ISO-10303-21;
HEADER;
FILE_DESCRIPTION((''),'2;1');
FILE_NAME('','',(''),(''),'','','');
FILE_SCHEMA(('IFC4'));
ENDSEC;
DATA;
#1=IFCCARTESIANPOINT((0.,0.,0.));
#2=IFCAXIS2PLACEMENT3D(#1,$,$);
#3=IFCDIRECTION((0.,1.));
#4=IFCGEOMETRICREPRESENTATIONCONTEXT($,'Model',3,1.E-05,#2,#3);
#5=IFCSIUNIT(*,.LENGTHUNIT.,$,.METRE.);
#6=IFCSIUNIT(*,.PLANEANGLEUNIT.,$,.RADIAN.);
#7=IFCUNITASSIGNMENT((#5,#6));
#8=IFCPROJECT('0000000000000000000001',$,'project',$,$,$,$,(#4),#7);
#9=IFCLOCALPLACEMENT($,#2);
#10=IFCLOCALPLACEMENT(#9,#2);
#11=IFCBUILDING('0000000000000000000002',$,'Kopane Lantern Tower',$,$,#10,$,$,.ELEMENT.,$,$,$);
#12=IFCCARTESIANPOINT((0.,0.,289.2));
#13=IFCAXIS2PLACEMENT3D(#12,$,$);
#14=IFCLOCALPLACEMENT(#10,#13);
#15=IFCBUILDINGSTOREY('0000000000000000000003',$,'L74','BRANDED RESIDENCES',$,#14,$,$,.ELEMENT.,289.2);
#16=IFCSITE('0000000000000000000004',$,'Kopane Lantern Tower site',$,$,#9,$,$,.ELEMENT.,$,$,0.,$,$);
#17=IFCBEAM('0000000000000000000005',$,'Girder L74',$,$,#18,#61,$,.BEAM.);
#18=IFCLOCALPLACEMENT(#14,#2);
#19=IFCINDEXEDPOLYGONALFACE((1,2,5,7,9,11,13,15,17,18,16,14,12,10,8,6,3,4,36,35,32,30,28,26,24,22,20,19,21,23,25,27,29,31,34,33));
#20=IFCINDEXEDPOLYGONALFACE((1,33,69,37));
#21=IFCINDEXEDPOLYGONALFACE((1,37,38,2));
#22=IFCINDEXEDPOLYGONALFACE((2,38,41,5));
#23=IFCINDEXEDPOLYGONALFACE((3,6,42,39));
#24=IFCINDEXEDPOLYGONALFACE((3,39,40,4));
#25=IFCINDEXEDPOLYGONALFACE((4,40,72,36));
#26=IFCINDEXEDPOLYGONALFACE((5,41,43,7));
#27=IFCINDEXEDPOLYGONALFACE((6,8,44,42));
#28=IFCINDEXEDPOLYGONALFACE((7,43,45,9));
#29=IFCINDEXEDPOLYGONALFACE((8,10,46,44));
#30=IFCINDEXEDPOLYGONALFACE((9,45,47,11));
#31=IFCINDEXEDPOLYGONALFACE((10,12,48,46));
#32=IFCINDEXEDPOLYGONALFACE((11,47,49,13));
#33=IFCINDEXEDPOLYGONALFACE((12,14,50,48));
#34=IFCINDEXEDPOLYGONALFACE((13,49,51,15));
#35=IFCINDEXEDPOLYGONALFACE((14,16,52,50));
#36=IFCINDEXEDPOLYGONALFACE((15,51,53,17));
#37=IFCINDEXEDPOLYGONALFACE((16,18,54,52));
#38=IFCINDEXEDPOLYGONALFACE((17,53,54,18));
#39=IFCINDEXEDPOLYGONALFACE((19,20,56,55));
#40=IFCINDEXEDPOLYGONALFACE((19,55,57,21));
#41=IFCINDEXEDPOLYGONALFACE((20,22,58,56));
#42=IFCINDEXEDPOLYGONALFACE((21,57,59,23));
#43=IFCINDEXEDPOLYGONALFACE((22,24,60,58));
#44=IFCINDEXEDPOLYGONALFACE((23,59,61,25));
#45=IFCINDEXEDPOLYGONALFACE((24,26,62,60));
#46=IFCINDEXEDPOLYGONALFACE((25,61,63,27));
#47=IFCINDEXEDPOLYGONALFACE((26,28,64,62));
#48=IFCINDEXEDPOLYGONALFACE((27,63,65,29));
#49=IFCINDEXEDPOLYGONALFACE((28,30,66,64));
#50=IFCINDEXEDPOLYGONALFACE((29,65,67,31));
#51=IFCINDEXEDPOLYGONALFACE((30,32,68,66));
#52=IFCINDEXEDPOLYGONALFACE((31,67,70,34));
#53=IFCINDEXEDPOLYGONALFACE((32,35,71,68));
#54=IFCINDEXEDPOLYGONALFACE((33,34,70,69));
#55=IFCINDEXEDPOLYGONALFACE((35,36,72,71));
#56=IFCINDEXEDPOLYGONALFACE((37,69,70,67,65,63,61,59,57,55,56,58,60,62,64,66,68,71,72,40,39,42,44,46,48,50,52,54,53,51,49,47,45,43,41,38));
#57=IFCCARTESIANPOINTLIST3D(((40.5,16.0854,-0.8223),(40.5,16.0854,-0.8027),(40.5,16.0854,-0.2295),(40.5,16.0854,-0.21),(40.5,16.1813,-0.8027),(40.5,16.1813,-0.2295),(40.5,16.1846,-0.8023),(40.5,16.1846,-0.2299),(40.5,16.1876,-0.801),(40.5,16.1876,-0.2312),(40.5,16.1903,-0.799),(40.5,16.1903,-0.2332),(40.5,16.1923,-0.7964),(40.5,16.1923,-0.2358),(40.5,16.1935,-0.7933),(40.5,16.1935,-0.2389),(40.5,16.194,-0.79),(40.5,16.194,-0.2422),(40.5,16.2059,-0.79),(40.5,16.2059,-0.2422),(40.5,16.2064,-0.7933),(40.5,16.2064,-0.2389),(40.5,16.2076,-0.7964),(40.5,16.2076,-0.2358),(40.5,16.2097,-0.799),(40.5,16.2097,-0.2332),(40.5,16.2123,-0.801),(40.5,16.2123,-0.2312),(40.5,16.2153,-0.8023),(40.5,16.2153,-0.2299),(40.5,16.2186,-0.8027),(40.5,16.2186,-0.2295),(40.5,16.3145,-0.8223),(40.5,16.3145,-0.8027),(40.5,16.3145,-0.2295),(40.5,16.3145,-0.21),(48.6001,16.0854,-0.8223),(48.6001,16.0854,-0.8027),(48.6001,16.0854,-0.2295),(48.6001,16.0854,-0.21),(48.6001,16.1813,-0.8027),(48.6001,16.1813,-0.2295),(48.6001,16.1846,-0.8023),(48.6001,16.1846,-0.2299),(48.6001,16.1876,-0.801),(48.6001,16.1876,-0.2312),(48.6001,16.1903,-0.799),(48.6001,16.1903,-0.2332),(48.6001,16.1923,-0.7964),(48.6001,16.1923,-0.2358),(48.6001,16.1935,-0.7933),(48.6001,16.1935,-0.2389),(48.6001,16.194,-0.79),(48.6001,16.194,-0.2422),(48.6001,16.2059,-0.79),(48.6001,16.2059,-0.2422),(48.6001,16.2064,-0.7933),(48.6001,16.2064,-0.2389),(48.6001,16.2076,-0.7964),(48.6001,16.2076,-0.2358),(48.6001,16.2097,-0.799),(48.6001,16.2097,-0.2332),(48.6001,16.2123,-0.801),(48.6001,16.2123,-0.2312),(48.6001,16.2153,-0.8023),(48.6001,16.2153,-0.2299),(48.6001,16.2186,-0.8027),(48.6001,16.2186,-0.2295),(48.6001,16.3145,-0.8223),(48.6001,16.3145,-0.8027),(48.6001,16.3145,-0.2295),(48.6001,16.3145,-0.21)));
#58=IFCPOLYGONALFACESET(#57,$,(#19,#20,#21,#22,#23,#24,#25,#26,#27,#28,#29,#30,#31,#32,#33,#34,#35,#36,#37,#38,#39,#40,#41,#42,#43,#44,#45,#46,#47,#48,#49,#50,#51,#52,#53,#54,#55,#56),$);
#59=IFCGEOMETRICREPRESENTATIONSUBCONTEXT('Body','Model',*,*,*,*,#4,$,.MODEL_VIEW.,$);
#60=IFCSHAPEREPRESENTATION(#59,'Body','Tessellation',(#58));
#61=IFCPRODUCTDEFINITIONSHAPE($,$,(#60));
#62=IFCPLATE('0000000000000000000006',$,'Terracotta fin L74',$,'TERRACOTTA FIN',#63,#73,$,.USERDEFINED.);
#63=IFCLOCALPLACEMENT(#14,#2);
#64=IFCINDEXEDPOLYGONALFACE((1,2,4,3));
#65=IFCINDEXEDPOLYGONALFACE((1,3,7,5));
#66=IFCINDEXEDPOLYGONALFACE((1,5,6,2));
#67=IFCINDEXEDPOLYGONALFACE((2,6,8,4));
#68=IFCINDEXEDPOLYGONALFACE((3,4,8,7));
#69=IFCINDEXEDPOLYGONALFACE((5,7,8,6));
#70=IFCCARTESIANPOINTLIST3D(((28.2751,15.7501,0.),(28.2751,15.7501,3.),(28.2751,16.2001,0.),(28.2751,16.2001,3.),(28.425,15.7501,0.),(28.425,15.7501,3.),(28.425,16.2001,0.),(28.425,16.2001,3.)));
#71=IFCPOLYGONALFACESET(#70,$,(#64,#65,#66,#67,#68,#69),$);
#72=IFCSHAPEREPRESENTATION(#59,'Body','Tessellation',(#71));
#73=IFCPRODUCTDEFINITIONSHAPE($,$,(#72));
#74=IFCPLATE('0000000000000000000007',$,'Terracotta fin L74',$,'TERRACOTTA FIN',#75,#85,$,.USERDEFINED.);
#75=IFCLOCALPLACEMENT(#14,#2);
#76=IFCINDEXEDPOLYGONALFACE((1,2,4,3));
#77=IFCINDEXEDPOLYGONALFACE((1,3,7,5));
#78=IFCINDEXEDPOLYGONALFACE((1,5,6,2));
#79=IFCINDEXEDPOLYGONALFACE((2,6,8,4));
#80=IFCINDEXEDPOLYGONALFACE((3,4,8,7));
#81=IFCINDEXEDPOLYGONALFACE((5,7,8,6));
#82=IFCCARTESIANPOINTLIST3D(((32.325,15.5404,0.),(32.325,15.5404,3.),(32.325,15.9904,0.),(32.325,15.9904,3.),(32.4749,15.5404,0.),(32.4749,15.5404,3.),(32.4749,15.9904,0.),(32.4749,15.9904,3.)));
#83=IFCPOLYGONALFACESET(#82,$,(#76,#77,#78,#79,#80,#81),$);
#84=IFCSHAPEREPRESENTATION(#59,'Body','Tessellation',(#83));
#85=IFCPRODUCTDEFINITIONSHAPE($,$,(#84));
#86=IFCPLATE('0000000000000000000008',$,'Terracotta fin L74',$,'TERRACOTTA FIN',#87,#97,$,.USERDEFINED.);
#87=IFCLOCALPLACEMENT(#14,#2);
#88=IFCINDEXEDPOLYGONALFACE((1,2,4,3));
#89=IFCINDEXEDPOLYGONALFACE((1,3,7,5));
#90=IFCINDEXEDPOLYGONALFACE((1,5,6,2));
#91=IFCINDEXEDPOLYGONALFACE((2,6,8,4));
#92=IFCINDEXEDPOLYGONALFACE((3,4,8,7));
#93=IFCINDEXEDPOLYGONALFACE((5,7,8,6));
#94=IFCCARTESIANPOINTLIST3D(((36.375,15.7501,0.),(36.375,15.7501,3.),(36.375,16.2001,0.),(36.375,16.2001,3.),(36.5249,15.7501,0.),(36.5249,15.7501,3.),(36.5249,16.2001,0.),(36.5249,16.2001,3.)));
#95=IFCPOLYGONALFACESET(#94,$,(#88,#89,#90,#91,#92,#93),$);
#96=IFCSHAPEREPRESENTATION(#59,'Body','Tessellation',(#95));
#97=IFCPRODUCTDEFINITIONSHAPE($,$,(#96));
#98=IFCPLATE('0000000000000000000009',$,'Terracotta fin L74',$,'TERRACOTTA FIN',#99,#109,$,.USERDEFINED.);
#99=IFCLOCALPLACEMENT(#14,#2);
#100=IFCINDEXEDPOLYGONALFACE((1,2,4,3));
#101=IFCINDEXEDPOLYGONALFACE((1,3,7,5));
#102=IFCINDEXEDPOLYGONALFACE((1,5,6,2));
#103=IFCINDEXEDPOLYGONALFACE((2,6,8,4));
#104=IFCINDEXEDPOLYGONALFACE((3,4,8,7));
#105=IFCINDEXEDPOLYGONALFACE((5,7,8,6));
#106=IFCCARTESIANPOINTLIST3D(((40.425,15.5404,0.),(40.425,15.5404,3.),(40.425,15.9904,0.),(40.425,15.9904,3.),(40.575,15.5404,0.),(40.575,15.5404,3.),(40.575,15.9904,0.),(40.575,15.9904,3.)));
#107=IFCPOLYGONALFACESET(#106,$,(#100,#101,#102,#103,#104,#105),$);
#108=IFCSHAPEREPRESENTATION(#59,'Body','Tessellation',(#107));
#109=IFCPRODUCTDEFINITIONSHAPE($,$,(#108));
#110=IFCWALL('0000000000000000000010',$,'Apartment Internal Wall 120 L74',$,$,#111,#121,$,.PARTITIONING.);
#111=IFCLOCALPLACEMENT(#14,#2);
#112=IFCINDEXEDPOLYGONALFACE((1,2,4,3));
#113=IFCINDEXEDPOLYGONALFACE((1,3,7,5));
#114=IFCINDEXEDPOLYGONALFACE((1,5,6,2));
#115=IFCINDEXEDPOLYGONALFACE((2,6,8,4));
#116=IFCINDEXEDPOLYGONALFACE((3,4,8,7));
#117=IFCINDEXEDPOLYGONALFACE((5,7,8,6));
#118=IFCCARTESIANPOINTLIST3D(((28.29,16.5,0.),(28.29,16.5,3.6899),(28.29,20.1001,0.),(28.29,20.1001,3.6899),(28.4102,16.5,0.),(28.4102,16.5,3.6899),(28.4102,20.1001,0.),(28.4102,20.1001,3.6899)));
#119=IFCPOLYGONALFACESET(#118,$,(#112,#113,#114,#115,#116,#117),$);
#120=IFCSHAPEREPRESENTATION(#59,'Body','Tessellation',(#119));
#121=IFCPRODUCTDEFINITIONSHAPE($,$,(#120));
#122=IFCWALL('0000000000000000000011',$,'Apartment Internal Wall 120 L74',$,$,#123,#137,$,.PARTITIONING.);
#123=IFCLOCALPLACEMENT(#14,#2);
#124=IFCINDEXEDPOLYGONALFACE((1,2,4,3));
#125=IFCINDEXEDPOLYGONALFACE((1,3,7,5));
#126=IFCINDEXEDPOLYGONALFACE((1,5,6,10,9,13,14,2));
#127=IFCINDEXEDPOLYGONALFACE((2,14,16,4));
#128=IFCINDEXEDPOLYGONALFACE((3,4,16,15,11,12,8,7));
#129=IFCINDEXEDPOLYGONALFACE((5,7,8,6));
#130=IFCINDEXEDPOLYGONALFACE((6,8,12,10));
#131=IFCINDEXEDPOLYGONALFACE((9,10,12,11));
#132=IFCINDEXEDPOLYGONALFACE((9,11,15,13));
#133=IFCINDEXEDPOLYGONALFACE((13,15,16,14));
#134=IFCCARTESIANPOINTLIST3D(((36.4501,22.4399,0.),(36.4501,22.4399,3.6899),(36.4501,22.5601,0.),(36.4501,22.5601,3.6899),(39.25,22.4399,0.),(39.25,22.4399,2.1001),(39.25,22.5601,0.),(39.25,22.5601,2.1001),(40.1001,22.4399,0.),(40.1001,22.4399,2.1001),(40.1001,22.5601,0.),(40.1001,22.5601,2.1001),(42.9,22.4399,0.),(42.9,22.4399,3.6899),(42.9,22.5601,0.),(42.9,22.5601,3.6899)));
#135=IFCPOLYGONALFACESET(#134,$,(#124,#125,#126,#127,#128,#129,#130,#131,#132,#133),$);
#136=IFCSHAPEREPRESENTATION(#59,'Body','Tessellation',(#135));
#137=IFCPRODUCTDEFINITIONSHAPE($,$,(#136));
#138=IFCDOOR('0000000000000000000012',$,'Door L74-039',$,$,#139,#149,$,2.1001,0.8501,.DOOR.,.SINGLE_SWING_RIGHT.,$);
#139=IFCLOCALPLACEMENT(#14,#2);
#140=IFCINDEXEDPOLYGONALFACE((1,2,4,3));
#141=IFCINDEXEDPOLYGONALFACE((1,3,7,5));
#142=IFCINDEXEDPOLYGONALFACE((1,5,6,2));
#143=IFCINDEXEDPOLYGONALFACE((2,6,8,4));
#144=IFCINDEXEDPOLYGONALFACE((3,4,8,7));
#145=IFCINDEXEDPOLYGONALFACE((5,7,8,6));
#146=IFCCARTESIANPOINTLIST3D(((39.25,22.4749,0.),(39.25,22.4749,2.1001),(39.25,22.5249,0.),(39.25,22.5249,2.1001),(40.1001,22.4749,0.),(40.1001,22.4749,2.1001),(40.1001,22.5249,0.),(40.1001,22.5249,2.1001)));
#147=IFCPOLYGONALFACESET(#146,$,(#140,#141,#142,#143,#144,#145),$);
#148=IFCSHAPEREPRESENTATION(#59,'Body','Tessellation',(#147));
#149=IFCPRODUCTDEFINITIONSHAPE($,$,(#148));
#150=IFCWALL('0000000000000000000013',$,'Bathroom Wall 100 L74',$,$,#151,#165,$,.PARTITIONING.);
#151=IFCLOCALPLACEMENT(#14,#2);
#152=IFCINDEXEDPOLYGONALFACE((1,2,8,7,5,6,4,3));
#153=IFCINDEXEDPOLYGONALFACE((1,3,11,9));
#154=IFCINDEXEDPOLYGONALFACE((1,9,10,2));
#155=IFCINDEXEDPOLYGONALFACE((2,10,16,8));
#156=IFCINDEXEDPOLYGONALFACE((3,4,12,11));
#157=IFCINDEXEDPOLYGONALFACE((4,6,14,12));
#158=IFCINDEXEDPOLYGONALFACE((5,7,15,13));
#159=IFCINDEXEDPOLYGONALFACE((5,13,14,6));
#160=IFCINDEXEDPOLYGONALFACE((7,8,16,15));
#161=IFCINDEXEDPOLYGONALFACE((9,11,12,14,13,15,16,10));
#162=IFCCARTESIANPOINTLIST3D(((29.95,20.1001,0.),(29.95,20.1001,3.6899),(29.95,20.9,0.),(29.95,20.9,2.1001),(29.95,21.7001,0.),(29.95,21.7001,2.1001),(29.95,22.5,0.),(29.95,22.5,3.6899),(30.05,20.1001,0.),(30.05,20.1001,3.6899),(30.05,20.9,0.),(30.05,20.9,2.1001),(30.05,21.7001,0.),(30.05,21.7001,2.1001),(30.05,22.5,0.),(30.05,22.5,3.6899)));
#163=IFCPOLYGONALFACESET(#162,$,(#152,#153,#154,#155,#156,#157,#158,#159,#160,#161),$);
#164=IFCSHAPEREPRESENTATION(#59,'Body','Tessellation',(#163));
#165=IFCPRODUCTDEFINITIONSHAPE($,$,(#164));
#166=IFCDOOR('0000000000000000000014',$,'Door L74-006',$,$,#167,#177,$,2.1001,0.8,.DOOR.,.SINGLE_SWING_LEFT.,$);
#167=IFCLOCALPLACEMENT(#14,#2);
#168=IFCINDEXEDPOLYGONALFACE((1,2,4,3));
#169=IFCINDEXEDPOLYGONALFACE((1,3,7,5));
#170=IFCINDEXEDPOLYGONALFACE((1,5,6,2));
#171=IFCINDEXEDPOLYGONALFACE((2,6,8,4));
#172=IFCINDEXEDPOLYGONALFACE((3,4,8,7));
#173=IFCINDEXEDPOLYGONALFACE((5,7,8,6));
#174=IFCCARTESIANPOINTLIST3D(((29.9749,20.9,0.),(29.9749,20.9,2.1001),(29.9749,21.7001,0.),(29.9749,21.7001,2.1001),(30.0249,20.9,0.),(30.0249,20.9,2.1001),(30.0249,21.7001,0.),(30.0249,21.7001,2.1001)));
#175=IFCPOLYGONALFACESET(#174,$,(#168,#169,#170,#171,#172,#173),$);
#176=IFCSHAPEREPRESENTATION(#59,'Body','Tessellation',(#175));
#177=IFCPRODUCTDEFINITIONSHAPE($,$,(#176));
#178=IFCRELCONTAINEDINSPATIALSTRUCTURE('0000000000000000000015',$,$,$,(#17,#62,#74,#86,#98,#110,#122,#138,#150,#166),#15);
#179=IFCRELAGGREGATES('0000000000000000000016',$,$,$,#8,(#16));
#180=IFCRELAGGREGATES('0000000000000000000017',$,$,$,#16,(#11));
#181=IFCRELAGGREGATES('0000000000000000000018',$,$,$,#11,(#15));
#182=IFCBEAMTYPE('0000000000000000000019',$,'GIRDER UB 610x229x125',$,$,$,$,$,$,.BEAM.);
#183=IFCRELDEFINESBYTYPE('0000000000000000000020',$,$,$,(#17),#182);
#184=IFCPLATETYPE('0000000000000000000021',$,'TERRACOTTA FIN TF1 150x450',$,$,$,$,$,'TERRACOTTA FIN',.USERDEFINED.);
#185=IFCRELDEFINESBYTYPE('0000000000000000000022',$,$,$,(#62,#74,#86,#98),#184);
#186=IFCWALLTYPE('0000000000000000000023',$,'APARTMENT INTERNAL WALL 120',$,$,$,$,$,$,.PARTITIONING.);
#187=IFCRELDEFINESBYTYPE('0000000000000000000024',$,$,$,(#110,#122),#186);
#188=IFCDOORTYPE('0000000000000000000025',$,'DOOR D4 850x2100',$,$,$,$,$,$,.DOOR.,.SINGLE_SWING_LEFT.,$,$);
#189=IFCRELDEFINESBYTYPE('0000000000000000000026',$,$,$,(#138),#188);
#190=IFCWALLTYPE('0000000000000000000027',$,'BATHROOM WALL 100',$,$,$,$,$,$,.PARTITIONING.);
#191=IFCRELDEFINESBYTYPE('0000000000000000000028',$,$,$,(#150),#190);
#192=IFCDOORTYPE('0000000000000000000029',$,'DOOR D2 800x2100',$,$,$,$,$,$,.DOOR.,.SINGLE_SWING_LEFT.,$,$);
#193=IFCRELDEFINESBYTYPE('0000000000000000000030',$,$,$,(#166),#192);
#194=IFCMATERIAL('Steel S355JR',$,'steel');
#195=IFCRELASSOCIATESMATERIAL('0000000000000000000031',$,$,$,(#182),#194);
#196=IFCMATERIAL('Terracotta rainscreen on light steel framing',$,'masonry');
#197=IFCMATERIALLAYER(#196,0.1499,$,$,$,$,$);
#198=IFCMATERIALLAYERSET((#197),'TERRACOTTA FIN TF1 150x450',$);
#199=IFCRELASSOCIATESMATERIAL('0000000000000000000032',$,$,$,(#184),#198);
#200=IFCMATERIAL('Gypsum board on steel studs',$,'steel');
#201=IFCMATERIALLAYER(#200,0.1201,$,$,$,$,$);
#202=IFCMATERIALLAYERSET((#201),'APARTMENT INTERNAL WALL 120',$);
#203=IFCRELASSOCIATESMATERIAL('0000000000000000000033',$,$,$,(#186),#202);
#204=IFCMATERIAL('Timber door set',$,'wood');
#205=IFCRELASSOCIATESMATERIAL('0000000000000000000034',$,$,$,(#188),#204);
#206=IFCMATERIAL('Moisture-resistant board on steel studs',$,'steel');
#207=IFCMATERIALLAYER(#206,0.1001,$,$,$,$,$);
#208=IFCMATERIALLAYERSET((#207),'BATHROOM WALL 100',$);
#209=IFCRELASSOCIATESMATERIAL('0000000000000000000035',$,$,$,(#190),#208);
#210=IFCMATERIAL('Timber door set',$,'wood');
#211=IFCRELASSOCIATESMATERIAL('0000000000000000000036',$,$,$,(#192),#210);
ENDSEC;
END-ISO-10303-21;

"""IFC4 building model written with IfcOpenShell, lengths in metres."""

from ifc_helpers import new_model, si_unit, direction, frame, frame_2d, origin, origin_2d, place, context, subcontext, project, spatial, rectangle, i_section, extrude, material, layer, layer_set, material_profile, profile_set, type_object, element, fill, save


model = new_model("IFC4")

# Units and contexts
model_context = context("Model", 3, precision=1e-05, world=origin(), true_north=direction((0.0, 1.0)))
body_context = subcontext(model_context, "Body", "Model", "MODEL_VIEW")
ifc_project = project(units=[si_unit("LENGTHUNIT", "METRE"), si_unit("PLANEANGLEUNIT", "RADIAN")], contexts=[model_context])

# Site, building, storey
site_placement = place(None, origin())
site = spatial("IfcSite", under=ifc_project, at=site_placement, Name="Kopane Lantern Tower site", CompositionType="ELEMENT", RefElevation=0.0)
building_placement = place(site_placement, origin())
building = spatial("IfcBuilding", under=site, at=building_placement, Name="Kopane Lantern Tower", CompositionType="ELEMENT")
storey_placement = place(building_placement, frame((0.0, 0.0, 289.2)))
storey = spatial("IfcBuildingStorey", under=building, at=storey_placement, Name="L74", Description="BRANDED RESIDENCES", CompositionType="ELEMENT", Elevation=289.2)

# Beam
ifc_material_1 = material(Name="Steel S355JR", Category="steel")
ifc_material_profile_1 = material_profile(ifc_material_1, i_section(OverallWidth=0.229, OverallDepth=0.6123, WebThickness=0.012, FlangeThickness=0.0195, FilletRadius=0.0127, at=origin_2d()), Name="UB 610x229x125")
ifc_profile_set_1 = profile_set([ifc_material_profile_1], Name="Steel S355JR")
beam_type_1 = type_object("IfcBeamType", Name="GIRDER UB 610x229x125", PredefinedType="BEAM", material=ifc_profile_set_1)
for number, where, z_axis, x_axis, name in (
    (1, (40.5, 16.2, -0.5161), (1.0, 0.0, 0.0), (0.0, 1.0, 0.0), "Girder L74"),
):
    element("IfcBeam", number, at=place(storey_placement, frame(where, z_axis=z_axis, x_axis=x_axis)), inside=storey, type_object=beam_type_1, Name=name, PredefinedType="BEAM", context=body_context, shape_type="SweptSolid", body=[
        extrude(i_section(OverallWidth=0.229, OverallDepth=0.6123, WebThickness=0.012, FlangeThickness=0.0195, FilletRadius=0.0127, at=origin_2d()), origin(), (0.0, 0.0, 1.0), 8.1001),
    ])

# Plates
ifc_material_2 = material(Name="Terracotta rainscreen on light steel framing", Category="masonry")
ifc_layer_1 = layer(ifc_material_2, 0.1499)
ifc_layer_set_1 = layer_set([ifc_layer_1], Name="TERRACOTTA FIN TF1 150x450")
plate_type = type_object("IfcPlateType", Name="TERRACOTTA FIN TF1 150x450", ElementType="TERRACOTTA FIN", PredefinedType="USERDEFINED", material=ifc_layer_set_1)
for number, where, z_axis, x_axis, name in (
    (2, (28.3501, 15.9751, 0.0), (0.0, 0.0, 1.0), (1.0, 0.0, 0.0), "Terracotta fin L74"),
    (3, (32.3999, 15.7654, 0.0), (0.0, 0.0, 1.0), (1.0, 0.0, 0.0), "Terracotta fin L74"),
    (4, (36.45, 15.9751, 0.0), (0.0, 0.0, 1.0), (1.0, 0.0, 0.0), "Terracotta fin L74"),
    (5, (40.5, 15.7654, 0.0), (0.0, 0.0, 1.0), (1.0, 0.0, 0.0), "Terracotta fin L74"),
):
    element("IfcPlate", number, at=place(storey_placement, frame(where, z_axis=z_axis, x_axis=x_axis)), inside=storey, type_object=plate_type, Name=name, ObjectType="TERRACOTTA FIN", PredefinedType="USERDEFINED", context=body_context, shape_type="SweptSolid", body=[
        extrude(rectangle(XDim=0.1499, YDim=0.45, at=origin_2d()), origin(), (0.0, 0.0, 1.0), 3.0),
    ])

# Wall
ifc_material_3 = material(Name="Gypsum board on steel studs", Category="steel")
ifc_layer_2 = layer(ifc_material_3, 0.1201)
ifc_layer_set_2 = layer_set([ifc_layer_2], Name="APARTMENT INTERNAL WALL 120")
wall_type_1 = type_object("IfcWallType", Name="APARTMENT INTERNAL WALL 120", PredefinedType="PARTITIONING", material=ifc_layer_set_2)
wall_1_placement = place(storey_placement, frame((28.3501, 20.1001, 0.0), z_axis=(0.0, 0.0, 1.0), x_axis=(0.0, -1.0, 0.0)))
element("IfcWall", 6, at=wall_1_placement, inside=storey, type_object=wall_type_1, Name="Apartment Internal Wall 120 L74", PredefinedType="PARTITIONING", context=body_context, shape_type="SweptSolid", body=[
    extrude(rectangle(XDim=3.6001, YDim=0.1201, at=frame_2d((1.8, 0.0))), origin(), (0.0, 0.0, 1.0), 3.6899),
])

# Walls, openings, doors
wall_2_placement = place(storey_placement, frame((36.45, 22.5, 0.0), z_axis=(0.0, 0.0, 1.0), x_axis=(1.0, 0.0, 0.0)))
wall_2 = element("IfcWall", 7, at=wall_2_placement, inside=storey, type_object=wall_type_1, Name="Apartment Internal Wall 120 L74", PredefinedType="PARTITIONING", context=body_context, shape_type="SweptSolid", body=[
    extrude(rectangle(XDim=6.45, YDim=0.1201, at=frame_2d((3.2251, 0.0))), origin(), (0.0, 0.0, 1.0), 3.6899),
])
opening_1_placement = place(wall_2_placement, frame((2.8, 0.0, 0.0)))
opening_1 = element("IfcOpeningElement", 8, at=opening_1_placement, cuts=wall_2, PredefinedType="OPENING", context=body_context, shape_type="SweptSolid", body=[
    extrude(rectangle(XDim=0.8501, YDim=2.1001, at=frame_2d((0.425, 1.05))), frame((0.0, 0.0701, 0.0), z_axis=(0.0, -1.0, 0.0), x_axis=(1.0, 0.0, 0.0)), (0.0, 0.0, 1.0), 0.1401),
])
ifc_material_4 = material(Name="Timber door set", Category="wood")
door_type_1 = type_object("IfcDoorType", Name="DOOR D4 850x2100", OperationType="SINGLE_SWING_LEFT", PredefinedType="DOOR", material=ifc_material_4)
door_1_placement = place(opening_1_placement, origin())
door_1 = element("IfcDoor", 9, at=door_1_placement, inside=storey, type_object=door_type_1, Name="Door L74-039", OperationType="SINGLE_SWING_RIGHT", OverallHeight=2.1001, OverallWidth=0.8501, PredefinedType="DOOR", context=body_context, shape_type="SweptSolid", body=[
    extrude(rectangle(XDim=0.8501, YDim=2.1001, at=frame_2d((0.425, 1.05))), frame((0.0, 0.0249, 0.0), z_axis=(0.0, -1.0, 0.0), x_axis=(1.0, 0.0, 0.0)), (0.0, 0.0, 1.0), 0.05),
])
fill(opening_1, door_1)
ifc_material_5 = material(Name="Moisture-resistant board on steel studs", Category="steel")
ifc_layer_3 = layer(ifc_material_5, 0.1001)
ifc_layer_set_3 = layer_set([ifc_layer_3], Name="BATHROOM WALL 100")
wall_type_2 = type_object("IfcWallType", Name="BATHROOM WALL 100", PredefinedType="PARTITIONING", material=ifc_layer_set_3)
wall_3_placement = place(storey_placement, frame((30.0, 22.5, 0.0), z_axis=(0.0, 0.0, 1.0), x_axis=(0.0, -1.0, 0.0)))
wall_3 = element("IfcWall", 10, at=wall_3_placement, inside=storey, type_object=wall_type_2, Name="Bathroom Wall 100 L74", PredefinedType="PARTITIONING", context=body_context, shape_type="SweptSolid", body=[
    extrude(rectangle(XDim=2.3999, YDim=0.1001, at=frame_2d((1.2, 0.0))), origin(), (0.0, 0.0, 1.0), 3.6899),
])
opening_2_placement = place(wall_3_placement, frame((0.8, 0.0, 0.0)))
opening_2 = element("IfcOpeningElement", 11, at=opening_2_placement, cuts=wall_3, PredefinedType="OPENING", context=body_context, shape_type="SweptSolid", body=[
    extrude(rectangle(XDim=0.8, YDim=2.1001, at=frame_2d((0.3999, 1.05))), frame((0.0, 0.0601, 0.0), z_axis=(0.0, -1.0, 0.0), x_axis=(1.0, 0.0, 0.0)), (0.0, 0.0, 1.0), 0.1201),
])
ifc_material_6 = material(Name="Timber door set", Category="wood")
door_type_2 = type_object("IfcDoorType", Name="DOOR D2 800x2100", OperationType="SINGLE_SWING_LEFT", PredefinedType="DOOR", material=ifc_material_6)
door_2_placement = place(opening_2_placement, origin())
door_2 = element("IfcDoor", 12, at=door_2_placement, inside=storey, type_object=door_type_2, Name="Door L74-006", OperationType="SINGLE_SWING_LEFT", OverallHeight=2.1001, OverallWidth=0.8, PredefinedType="DOOR", context=body_context, shape_type="SweptSolid", body=[
    extrude(rectangle(XDim=0.8, YDim=2.1001, at=frame_2d((0.3999, 1.05))), frame((0.0, 0.0249, 0.0), z_axis=(0.0, -1.0, 0.0), x_axis=(1.0, 0.0, 0.0)), (0.0, 0.0, 1.0), 0.05),
])
fill(opening_2, door_2)

save(model, "model.ifc")
